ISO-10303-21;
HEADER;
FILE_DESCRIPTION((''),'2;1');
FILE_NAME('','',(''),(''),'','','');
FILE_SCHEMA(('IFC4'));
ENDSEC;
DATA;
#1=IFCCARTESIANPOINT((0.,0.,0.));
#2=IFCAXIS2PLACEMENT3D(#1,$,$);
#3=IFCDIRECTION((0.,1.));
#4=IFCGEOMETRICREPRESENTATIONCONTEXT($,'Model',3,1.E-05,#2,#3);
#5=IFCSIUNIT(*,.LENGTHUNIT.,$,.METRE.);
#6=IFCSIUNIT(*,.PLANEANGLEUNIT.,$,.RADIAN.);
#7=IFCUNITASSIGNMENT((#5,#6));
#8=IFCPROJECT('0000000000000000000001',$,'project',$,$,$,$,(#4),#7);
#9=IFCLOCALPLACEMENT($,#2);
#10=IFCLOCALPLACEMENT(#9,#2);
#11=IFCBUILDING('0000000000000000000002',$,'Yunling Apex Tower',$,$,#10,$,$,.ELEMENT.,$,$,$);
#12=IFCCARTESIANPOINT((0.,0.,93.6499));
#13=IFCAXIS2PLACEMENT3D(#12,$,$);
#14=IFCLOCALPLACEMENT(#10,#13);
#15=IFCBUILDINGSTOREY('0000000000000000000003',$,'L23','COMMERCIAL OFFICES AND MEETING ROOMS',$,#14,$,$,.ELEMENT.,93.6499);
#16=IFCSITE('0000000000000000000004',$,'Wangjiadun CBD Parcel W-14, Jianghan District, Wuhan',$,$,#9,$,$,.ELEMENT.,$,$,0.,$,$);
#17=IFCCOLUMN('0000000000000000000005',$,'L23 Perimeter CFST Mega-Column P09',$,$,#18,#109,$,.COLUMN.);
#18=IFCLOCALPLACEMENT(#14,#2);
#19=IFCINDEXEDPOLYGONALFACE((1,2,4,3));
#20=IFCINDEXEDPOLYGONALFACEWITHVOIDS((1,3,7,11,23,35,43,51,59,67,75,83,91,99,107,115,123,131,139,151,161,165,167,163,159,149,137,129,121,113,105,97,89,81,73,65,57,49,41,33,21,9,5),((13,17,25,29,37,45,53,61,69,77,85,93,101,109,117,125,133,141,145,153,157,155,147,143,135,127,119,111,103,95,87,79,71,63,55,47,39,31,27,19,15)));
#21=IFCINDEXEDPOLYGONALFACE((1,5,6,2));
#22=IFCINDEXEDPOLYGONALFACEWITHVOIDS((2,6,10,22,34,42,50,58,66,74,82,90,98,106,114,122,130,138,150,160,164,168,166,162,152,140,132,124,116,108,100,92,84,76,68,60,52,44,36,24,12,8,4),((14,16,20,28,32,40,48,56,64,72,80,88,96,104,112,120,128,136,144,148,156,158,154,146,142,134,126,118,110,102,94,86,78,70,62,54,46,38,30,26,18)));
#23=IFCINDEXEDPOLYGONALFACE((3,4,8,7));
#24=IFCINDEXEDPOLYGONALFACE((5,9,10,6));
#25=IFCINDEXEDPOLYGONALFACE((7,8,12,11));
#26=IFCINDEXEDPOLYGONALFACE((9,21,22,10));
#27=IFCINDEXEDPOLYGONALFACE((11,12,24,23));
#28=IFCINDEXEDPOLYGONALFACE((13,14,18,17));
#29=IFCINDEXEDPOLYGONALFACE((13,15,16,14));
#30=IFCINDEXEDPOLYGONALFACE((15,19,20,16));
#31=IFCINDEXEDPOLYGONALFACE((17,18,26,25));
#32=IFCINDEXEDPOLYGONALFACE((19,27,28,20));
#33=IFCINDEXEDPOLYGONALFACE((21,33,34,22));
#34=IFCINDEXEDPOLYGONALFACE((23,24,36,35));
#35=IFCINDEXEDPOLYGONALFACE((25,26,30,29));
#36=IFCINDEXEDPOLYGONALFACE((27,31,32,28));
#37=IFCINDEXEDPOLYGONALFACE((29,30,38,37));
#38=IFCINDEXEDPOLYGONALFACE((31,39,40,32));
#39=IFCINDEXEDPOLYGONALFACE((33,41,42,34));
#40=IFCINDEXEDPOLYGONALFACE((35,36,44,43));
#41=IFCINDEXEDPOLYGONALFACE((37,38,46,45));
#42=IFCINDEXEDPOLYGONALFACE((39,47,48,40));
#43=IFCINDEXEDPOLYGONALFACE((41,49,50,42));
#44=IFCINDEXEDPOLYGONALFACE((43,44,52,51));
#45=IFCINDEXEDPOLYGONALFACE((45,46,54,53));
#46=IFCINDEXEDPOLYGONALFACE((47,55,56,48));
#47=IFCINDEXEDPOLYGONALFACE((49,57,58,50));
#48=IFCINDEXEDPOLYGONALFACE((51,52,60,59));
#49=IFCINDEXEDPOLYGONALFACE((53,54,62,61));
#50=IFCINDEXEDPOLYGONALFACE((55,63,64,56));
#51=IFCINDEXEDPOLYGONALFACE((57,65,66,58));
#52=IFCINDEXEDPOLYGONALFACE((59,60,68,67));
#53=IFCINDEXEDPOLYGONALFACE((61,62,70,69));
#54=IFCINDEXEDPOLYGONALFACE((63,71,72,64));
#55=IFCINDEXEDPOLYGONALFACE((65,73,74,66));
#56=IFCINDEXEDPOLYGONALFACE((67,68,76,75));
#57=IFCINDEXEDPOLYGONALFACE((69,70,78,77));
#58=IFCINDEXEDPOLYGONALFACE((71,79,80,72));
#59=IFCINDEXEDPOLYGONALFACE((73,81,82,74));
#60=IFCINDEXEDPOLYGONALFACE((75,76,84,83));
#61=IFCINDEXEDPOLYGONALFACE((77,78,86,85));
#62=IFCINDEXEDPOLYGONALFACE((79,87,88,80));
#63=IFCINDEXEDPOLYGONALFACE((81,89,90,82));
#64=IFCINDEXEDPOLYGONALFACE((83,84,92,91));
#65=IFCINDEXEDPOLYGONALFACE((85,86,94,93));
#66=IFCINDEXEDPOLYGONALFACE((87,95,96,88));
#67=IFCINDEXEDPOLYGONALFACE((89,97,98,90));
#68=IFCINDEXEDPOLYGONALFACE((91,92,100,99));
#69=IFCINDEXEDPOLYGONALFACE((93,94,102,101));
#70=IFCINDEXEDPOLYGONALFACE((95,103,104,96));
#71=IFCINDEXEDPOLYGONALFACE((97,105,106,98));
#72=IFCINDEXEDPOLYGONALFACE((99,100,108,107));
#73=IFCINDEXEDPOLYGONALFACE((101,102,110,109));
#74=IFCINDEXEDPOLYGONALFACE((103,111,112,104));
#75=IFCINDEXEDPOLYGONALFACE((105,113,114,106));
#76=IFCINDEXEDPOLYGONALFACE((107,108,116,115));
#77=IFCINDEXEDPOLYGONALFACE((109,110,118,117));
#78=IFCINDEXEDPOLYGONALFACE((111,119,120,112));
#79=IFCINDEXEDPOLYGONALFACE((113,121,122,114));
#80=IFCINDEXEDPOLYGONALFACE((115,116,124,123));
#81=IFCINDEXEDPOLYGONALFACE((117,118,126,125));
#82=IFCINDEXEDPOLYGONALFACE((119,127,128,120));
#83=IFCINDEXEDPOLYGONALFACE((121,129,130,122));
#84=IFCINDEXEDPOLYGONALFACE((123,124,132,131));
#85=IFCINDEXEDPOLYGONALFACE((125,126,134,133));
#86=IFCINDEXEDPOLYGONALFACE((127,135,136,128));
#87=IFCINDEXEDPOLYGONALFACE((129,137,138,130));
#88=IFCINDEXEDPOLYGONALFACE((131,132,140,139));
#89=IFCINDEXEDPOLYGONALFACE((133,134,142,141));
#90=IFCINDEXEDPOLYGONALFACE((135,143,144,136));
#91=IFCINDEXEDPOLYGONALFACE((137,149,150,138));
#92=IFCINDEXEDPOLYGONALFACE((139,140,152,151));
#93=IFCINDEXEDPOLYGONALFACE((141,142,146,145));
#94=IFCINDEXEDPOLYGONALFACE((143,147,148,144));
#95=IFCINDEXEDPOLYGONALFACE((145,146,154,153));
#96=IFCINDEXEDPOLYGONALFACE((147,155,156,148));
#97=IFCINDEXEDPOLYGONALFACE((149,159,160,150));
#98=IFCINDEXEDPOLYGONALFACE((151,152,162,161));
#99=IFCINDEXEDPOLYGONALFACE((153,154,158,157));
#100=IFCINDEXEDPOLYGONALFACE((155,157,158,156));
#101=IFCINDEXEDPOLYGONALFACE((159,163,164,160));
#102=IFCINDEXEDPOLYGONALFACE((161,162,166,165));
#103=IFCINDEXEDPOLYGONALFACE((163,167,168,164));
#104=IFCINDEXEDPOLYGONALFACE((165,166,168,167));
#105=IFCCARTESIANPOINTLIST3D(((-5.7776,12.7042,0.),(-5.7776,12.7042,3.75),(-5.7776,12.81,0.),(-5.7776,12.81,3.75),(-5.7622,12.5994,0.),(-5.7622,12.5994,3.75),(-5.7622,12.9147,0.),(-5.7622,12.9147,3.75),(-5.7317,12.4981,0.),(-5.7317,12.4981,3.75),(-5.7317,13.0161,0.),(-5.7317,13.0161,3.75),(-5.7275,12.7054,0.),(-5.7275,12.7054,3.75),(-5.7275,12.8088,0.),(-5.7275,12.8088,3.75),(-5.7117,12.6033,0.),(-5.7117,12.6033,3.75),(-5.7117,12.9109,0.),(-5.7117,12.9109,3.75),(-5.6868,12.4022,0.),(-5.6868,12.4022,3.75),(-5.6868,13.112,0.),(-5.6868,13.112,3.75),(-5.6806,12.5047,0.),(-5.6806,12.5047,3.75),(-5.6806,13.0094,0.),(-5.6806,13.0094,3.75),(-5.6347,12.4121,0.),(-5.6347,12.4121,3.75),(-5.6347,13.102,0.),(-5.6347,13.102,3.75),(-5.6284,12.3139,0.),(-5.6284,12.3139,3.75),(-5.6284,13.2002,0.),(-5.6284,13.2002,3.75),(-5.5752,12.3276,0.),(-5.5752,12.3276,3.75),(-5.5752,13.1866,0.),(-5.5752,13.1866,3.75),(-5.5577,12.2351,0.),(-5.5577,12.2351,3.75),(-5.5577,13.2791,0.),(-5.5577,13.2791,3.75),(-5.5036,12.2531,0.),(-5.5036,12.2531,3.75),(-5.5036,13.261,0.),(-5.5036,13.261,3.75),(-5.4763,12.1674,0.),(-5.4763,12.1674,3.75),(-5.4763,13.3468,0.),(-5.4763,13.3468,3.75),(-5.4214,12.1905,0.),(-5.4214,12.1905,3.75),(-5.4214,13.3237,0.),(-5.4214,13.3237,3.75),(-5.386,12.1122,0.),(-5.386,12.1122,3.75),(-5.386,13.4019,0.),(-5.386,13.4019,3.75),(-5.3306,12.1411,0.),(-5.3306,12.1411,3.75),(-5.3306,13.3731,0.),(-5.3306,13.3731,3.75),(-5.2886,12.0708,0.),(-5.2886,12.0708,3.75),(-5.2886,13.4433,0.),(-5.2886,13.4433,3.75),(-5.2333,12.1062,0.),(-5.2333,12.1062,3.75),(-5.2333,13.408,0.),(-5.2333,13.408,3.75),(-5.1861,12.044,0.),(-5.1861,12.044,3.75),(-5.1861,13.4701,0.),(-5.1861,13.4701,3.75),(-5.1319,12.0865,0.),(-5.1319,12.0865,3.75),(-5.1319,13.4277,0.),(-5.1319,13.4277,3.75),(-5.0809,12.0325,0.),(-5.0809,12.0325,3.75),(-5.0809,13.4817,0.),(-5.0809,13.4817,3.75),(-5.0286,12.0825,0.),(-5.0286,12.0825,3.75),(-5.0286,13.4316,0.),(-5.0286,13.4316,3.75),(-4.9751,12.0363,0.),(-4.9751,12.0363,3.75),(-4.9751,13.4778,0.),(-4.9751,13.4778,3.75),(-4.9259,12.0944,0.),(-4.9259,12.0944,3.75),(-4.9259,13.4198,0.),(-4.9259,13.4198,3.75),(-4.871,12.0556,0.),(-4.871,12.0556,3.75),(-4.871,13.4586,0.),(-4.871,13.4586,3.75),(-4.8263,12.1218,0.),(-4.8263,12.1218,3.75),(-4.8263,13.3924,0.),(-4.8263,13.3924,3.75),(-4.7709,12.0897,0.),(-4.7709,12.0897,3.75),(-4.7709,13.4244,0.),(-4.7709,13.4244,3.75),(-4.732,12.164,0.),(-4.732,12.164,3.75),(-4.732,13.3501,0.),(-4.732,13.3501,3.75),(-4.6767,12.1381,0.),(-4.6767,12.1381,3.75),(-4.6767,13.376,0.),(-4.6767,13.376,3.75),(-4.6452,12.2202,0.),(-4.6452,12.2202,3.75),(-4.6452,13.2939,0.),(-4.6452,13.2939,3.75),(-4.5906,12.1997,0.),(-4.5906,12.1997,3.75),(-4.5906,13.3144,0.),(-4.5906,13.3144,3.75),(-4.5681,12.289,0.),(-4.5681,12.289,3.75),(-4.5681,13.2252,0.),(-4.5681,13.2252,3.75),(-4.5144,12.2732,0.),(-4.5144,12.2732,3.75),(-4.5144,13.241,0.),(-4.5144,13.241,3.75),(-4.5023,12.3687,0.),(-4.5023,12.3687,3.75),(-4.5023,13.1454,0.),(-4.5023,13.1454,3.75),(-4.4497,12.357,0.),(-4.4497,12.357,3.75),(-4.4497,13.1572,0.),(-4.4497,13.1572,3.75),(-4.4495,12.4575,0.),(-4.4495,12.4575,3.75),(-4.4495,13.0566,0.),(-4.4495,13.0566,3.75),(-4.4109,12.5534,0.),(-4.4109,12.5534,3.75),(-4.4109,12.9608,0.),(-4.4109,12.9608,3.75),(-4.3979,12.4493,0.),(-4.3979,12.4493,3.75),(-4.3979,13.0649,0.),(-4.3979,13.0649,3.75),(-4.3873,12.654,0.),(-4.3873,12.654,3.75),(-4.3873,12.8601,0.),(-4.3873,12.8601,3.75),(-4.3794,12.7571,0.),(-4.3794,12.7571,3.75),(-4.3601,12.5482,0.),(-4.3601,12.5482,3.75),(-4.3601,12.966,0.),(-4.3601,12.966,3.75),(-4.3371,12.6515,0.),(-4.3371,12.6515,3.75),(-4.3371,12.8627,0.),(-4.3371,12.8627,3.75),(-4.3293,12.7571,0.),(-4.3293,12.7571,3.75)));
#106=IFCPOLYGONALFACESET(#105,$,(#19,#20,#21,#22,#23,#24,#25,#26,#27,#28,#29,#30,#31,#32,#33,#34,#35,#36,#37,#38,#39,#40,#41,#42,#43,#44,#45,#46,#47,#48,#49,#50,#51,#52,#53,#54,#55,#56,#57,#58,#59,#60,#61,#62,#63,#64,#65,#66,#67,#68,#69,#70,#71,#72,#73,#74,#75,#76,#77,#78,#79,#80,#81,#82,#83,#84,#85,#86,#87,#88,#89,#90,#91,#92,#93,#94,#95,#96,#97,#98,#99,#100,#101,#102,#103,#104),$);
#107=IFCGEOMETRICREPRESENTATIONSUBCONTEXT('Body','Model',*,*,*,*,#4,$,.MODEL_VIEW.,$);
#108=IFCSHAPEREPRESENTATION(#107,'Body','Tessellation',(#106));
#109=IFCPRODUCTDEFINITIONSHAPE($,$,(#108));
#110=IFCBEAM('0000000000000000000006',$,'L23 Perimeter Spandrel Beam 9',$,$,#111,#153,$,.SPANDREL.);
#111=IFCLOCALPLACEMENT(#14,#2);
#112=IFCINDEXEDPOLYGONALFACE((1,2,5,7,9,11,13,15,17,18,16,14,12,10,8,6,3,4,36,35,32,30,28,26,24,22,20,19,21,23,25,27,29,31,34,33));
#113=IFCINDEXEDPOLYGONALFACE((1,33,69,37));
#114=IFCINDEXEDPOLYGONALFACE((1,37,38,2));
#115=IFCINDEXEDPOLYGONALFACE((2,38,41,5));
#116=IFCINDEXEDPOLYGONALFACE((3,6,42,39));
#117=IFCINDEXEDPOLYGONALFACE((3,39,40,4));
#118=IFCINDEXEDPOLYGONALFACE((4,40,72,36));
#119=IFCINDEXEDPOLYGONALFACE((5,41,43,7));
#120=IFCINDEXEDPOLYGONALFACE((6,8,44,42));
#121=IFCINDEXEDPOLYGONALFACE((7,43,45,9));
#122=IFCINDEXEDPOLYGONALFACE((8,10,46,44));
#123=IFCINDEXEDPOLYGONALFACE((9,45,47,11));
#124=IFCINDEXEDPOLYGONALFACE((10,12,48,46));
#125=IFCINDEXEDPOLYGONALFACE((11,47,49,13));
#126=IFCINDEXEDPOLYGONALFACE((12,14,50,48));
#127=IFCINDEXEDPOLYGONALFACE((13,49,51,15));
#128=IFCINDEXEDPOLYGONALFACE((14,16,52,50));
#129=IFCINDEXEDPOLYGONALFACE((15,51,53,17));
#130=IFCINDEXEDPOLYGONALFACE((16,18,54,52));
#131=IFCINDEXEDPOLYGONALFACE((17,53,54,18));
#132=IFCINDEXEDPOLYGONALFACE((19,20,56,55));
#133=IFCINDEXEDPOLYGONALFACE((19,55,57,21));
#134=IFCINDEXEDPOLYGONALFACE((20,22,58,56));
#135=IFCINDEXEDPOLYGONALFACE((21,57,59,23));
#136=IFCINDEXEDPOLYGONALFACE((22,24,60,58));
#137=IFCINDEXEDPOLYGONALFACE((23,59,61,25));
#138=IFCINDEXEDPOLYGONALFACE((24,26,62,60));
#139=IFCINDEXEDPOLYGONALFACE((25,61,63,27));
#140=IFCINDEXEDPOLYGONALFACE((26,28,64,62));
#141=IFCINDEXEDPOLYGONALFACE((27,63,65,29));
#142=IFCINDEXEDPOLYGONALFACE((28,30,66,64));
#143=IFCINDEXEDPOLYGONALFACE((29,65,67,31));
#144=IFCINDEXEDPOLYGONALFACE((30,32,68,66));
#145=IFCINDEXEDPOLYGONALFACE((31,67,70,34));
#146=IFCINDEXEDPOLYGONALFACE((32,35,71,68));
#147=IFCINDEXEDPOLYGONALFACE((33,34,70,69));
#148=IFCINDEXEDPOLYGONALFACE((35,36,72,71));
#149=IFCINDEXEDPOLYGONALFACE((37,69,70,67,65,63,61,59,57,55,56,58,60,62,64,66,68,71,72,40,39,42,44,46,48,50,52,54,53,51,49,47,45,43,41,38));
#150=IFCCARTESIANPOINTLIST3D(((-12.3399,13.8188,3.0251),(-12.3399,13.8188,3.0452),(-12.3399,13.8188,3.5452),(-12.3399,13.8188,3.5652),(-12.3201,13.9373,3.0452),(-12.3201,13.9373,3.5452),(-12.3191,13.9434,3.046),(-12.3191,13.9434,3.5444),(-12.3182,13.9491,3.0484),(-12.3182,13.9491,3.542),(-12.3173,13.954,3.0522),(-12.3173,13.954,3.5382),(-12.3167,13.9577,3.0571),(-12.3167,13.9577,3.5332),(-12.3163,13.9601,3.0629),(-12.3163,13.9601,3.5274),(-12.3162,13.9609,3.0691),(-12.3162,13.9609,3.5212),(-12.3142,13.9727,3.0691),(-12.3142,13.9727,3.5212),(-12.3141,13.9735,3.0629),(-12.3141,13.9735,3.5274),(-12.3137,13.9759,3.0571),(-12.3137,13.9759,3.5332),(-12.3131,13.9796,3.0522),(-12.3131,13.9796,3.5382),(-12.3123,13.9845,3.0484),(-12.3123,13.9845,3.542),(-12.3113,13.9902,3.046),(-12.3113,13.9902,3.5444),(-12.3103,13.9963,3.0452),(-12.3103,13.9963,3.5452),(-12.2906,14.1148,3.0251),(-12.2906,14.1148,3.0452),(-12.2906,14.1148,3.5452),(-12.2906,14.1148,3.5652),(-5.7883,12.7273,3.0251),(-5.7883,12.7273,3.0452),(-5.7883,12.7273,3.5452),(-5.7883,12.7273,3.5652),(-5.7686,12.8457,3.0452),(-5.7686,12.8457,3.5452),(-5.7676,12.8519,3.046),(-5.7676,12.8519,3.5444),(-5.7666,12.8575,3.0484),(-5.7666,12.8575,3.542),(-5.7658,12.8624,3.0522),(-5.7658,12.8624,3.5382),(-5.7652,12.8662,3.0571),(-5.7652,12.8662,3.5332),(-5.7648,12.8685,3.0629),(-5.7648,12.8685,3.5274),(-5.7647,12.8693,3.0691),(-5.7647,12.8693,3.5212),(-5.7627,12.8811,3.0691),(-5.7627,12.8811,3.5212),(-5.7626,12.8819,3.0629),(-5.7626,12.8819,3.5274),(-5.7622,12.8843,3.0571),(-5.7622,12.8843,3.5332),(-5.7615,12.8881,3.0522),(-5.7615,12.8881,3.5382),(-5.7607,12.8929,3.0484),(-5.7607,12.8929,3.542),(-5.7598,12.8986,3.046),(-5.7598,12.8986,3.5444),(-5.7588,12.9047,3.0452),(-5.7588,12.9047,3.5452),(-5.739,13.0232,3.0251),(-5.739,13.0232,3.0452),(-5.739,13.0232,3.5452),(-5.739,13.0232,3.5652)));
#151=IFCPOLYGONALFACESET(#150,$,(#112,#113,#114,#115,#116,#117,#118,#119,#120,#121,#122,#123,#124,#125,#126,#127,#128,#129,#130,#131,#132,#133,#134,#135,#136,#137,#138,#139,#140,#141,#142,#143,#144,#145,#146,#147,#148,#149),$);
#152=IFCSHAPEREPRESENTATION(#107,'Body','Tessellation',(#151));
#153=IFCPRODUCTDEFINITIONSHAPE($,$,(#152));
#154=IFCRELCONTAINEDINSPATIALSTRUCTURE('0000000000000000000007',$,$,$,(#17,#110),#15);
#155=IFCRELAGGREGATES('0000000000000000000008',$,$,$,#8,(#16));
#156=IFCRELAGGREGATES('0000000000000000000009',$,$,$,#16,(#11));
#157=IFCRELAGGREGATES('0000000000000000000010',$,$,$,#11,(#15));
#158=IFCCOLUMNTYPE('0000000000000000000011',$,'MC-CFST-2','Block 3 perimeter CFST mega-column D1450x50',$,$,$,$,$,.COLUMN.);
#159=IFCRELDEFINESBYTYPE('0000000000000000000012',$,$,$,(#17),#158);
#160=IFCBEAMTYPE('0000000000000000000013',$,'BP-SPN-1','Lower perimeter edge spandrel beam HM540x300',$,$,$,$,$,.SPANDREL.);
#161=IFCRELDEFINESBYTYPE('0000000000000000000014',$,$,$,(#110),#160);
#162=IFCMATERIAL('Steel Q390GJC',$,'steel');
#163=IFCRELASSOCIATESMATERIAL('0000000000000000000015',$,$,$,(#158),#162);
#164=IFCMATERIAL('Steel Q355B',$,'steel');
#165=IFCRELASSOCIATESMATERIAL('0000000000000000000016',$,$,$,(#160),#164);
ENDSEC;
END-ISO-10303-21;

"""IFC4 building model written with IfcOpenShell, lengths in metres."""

from ifc_helpers import new_model, si_unit, direction, frame, origin, origin_2d, place, context, subcontext, project, spatial, hollow_circle, i_section, extrude, source, transform, mapped, material, material_profile, profile_set, type_object, element, save


model = new_model("IFC4")

# Units and contexts
model_context = context("Model", 3, precision=1e-05, world=origin(), true_north=direction((0.0, 1.0)))
body_context = subcontext(model_context, "Body", "Model", "MODEL_VIEW")
ifc_project = project(units=[si_unit("LENGTHUNIT", "METRE"), si_unit("PLANEANGLEUNIT", "RADIAN")], contexts=[model_context])

# Site, building, storey
site_placement = place(None, origin())
site = spatial("IfcSite", under=ifc_project, at=site_placement, Name="Wangjiadun CBD Parcel W-14, Jianghan District, Wuhan", CompositionType="ELEMENT", RefElevation=0.0)
building_placement = place(site_placement, origin())
building = spatial("IfcBuilding", under=site, at=building_placement, Name="Yunling Apex Tower", CompositionType="ELEMENT")
storey_placement = place(building_placement, frame((0.0, 0.0, 93.6499)))
storey = spatial("IfcBuildingStorey", under=building, at=storey_placement, Name="L23", Description="COMMERCIAL OFFICES AND MEETING ROOMS", CompositionType="ELEMENT", Elevation=93.6499)

# Column
ifc_material_1 = material(Name="Steel Q390GJC", Category="steel")
ifc_material_profile_1 = material_profile(ifc_material_1, hollow_circle(Radius=0.7251, WallThickness=0.05, at=origin_2d()))
ifc_profile_set_1 = profile_set([ifc_material_profile_1], Name="Steel Q390GJC")
column_type = type_object("IfcColumnType", Name="MC-CFST-2", Description="Block 3 perimeter CFST mega-column D1450x50", PredefinedType="COLUMN", material=ifc_profile_set_1)
shared_shape_1 = source(origin(), body_context, "Body", "SweptSolid", [
    extrude(hollow_circle(Radius=0.7251, WallThickness=0.05, at=origin_2d()), origin(), (0.0, 0.0, 1.0), 3.75),
])
column_placement = place(storey_placement, frame((-5.0544, 12.7571, 0.0), z_axis=(0.0, 0.0, 1.0), x_axis=(1.0, 0.0, 0.0)))
element("IfcColumn", 1, at=column_placement, inside=storey, type_object=column_type, Name="L23 Perimeter CFST Mega-Column P09", PredefinedType="COLUMN", context=body_context, shape_type="MappedRepresentation", body=[
    mapped(shared_shape_1, transform((0.0, 0.0, 0.0), scale=1.0)),
])

# Beam
ifc_material_2 = material(Name="Steel Q355B", Category="steel")
ifc_material_profile_2 = material_profile(ifc_material_2, i_section(OverallWidth=0.3, OverallDepth=0.54, WebThickness=0.012, FlangeThickness=0.02, FilletRadius=0.0239, at=origin_2d()))
ifc_profile_set_2 = profile_set([ifc_material_profile_2], Name="Steel Q355B")
beam_type_1 = type_object("IfcBeamType", Name="BP-SPN-1", Description="Lower perimeter edge spandrel beam HM540x300", PredefinedType="SPANDREL", material=ifc_profile_set_2)
shared_shape_2 = source(origin(), body_context, "Body", "SweptSolid", [
    extrude(i_section(OverallWidth=0.3, OverallDepth=0.54, WebThickness=0.012, FlangeThickness=0.02, FilletRadius=0.0239, at=origin_2d()), origin(), (0.0, 0.0, 1.0), 6.6418),
])
beam_1_placement = place(storey_placement, frame((-5.7637, 12.8752, 3.2952), z_axis=(-0.986403, 0.164345, 0.0), x_axis=(-0.164345, -0.986403, 0.0)))
element("IfcBeam", 2, at=beam_1_placement, inside=storey, type_object=beam_type_1, Name="L23 Perimeter Spandrel Beam 9", PredefinedType="SPANDREL", context=body_context, shape_type="MappedRepresentation", body=[
    mapped(shared_shape_2, transform((0.0, 0.0, 0.0), scale=1.0)),
])

save(model, "model.ifc")
